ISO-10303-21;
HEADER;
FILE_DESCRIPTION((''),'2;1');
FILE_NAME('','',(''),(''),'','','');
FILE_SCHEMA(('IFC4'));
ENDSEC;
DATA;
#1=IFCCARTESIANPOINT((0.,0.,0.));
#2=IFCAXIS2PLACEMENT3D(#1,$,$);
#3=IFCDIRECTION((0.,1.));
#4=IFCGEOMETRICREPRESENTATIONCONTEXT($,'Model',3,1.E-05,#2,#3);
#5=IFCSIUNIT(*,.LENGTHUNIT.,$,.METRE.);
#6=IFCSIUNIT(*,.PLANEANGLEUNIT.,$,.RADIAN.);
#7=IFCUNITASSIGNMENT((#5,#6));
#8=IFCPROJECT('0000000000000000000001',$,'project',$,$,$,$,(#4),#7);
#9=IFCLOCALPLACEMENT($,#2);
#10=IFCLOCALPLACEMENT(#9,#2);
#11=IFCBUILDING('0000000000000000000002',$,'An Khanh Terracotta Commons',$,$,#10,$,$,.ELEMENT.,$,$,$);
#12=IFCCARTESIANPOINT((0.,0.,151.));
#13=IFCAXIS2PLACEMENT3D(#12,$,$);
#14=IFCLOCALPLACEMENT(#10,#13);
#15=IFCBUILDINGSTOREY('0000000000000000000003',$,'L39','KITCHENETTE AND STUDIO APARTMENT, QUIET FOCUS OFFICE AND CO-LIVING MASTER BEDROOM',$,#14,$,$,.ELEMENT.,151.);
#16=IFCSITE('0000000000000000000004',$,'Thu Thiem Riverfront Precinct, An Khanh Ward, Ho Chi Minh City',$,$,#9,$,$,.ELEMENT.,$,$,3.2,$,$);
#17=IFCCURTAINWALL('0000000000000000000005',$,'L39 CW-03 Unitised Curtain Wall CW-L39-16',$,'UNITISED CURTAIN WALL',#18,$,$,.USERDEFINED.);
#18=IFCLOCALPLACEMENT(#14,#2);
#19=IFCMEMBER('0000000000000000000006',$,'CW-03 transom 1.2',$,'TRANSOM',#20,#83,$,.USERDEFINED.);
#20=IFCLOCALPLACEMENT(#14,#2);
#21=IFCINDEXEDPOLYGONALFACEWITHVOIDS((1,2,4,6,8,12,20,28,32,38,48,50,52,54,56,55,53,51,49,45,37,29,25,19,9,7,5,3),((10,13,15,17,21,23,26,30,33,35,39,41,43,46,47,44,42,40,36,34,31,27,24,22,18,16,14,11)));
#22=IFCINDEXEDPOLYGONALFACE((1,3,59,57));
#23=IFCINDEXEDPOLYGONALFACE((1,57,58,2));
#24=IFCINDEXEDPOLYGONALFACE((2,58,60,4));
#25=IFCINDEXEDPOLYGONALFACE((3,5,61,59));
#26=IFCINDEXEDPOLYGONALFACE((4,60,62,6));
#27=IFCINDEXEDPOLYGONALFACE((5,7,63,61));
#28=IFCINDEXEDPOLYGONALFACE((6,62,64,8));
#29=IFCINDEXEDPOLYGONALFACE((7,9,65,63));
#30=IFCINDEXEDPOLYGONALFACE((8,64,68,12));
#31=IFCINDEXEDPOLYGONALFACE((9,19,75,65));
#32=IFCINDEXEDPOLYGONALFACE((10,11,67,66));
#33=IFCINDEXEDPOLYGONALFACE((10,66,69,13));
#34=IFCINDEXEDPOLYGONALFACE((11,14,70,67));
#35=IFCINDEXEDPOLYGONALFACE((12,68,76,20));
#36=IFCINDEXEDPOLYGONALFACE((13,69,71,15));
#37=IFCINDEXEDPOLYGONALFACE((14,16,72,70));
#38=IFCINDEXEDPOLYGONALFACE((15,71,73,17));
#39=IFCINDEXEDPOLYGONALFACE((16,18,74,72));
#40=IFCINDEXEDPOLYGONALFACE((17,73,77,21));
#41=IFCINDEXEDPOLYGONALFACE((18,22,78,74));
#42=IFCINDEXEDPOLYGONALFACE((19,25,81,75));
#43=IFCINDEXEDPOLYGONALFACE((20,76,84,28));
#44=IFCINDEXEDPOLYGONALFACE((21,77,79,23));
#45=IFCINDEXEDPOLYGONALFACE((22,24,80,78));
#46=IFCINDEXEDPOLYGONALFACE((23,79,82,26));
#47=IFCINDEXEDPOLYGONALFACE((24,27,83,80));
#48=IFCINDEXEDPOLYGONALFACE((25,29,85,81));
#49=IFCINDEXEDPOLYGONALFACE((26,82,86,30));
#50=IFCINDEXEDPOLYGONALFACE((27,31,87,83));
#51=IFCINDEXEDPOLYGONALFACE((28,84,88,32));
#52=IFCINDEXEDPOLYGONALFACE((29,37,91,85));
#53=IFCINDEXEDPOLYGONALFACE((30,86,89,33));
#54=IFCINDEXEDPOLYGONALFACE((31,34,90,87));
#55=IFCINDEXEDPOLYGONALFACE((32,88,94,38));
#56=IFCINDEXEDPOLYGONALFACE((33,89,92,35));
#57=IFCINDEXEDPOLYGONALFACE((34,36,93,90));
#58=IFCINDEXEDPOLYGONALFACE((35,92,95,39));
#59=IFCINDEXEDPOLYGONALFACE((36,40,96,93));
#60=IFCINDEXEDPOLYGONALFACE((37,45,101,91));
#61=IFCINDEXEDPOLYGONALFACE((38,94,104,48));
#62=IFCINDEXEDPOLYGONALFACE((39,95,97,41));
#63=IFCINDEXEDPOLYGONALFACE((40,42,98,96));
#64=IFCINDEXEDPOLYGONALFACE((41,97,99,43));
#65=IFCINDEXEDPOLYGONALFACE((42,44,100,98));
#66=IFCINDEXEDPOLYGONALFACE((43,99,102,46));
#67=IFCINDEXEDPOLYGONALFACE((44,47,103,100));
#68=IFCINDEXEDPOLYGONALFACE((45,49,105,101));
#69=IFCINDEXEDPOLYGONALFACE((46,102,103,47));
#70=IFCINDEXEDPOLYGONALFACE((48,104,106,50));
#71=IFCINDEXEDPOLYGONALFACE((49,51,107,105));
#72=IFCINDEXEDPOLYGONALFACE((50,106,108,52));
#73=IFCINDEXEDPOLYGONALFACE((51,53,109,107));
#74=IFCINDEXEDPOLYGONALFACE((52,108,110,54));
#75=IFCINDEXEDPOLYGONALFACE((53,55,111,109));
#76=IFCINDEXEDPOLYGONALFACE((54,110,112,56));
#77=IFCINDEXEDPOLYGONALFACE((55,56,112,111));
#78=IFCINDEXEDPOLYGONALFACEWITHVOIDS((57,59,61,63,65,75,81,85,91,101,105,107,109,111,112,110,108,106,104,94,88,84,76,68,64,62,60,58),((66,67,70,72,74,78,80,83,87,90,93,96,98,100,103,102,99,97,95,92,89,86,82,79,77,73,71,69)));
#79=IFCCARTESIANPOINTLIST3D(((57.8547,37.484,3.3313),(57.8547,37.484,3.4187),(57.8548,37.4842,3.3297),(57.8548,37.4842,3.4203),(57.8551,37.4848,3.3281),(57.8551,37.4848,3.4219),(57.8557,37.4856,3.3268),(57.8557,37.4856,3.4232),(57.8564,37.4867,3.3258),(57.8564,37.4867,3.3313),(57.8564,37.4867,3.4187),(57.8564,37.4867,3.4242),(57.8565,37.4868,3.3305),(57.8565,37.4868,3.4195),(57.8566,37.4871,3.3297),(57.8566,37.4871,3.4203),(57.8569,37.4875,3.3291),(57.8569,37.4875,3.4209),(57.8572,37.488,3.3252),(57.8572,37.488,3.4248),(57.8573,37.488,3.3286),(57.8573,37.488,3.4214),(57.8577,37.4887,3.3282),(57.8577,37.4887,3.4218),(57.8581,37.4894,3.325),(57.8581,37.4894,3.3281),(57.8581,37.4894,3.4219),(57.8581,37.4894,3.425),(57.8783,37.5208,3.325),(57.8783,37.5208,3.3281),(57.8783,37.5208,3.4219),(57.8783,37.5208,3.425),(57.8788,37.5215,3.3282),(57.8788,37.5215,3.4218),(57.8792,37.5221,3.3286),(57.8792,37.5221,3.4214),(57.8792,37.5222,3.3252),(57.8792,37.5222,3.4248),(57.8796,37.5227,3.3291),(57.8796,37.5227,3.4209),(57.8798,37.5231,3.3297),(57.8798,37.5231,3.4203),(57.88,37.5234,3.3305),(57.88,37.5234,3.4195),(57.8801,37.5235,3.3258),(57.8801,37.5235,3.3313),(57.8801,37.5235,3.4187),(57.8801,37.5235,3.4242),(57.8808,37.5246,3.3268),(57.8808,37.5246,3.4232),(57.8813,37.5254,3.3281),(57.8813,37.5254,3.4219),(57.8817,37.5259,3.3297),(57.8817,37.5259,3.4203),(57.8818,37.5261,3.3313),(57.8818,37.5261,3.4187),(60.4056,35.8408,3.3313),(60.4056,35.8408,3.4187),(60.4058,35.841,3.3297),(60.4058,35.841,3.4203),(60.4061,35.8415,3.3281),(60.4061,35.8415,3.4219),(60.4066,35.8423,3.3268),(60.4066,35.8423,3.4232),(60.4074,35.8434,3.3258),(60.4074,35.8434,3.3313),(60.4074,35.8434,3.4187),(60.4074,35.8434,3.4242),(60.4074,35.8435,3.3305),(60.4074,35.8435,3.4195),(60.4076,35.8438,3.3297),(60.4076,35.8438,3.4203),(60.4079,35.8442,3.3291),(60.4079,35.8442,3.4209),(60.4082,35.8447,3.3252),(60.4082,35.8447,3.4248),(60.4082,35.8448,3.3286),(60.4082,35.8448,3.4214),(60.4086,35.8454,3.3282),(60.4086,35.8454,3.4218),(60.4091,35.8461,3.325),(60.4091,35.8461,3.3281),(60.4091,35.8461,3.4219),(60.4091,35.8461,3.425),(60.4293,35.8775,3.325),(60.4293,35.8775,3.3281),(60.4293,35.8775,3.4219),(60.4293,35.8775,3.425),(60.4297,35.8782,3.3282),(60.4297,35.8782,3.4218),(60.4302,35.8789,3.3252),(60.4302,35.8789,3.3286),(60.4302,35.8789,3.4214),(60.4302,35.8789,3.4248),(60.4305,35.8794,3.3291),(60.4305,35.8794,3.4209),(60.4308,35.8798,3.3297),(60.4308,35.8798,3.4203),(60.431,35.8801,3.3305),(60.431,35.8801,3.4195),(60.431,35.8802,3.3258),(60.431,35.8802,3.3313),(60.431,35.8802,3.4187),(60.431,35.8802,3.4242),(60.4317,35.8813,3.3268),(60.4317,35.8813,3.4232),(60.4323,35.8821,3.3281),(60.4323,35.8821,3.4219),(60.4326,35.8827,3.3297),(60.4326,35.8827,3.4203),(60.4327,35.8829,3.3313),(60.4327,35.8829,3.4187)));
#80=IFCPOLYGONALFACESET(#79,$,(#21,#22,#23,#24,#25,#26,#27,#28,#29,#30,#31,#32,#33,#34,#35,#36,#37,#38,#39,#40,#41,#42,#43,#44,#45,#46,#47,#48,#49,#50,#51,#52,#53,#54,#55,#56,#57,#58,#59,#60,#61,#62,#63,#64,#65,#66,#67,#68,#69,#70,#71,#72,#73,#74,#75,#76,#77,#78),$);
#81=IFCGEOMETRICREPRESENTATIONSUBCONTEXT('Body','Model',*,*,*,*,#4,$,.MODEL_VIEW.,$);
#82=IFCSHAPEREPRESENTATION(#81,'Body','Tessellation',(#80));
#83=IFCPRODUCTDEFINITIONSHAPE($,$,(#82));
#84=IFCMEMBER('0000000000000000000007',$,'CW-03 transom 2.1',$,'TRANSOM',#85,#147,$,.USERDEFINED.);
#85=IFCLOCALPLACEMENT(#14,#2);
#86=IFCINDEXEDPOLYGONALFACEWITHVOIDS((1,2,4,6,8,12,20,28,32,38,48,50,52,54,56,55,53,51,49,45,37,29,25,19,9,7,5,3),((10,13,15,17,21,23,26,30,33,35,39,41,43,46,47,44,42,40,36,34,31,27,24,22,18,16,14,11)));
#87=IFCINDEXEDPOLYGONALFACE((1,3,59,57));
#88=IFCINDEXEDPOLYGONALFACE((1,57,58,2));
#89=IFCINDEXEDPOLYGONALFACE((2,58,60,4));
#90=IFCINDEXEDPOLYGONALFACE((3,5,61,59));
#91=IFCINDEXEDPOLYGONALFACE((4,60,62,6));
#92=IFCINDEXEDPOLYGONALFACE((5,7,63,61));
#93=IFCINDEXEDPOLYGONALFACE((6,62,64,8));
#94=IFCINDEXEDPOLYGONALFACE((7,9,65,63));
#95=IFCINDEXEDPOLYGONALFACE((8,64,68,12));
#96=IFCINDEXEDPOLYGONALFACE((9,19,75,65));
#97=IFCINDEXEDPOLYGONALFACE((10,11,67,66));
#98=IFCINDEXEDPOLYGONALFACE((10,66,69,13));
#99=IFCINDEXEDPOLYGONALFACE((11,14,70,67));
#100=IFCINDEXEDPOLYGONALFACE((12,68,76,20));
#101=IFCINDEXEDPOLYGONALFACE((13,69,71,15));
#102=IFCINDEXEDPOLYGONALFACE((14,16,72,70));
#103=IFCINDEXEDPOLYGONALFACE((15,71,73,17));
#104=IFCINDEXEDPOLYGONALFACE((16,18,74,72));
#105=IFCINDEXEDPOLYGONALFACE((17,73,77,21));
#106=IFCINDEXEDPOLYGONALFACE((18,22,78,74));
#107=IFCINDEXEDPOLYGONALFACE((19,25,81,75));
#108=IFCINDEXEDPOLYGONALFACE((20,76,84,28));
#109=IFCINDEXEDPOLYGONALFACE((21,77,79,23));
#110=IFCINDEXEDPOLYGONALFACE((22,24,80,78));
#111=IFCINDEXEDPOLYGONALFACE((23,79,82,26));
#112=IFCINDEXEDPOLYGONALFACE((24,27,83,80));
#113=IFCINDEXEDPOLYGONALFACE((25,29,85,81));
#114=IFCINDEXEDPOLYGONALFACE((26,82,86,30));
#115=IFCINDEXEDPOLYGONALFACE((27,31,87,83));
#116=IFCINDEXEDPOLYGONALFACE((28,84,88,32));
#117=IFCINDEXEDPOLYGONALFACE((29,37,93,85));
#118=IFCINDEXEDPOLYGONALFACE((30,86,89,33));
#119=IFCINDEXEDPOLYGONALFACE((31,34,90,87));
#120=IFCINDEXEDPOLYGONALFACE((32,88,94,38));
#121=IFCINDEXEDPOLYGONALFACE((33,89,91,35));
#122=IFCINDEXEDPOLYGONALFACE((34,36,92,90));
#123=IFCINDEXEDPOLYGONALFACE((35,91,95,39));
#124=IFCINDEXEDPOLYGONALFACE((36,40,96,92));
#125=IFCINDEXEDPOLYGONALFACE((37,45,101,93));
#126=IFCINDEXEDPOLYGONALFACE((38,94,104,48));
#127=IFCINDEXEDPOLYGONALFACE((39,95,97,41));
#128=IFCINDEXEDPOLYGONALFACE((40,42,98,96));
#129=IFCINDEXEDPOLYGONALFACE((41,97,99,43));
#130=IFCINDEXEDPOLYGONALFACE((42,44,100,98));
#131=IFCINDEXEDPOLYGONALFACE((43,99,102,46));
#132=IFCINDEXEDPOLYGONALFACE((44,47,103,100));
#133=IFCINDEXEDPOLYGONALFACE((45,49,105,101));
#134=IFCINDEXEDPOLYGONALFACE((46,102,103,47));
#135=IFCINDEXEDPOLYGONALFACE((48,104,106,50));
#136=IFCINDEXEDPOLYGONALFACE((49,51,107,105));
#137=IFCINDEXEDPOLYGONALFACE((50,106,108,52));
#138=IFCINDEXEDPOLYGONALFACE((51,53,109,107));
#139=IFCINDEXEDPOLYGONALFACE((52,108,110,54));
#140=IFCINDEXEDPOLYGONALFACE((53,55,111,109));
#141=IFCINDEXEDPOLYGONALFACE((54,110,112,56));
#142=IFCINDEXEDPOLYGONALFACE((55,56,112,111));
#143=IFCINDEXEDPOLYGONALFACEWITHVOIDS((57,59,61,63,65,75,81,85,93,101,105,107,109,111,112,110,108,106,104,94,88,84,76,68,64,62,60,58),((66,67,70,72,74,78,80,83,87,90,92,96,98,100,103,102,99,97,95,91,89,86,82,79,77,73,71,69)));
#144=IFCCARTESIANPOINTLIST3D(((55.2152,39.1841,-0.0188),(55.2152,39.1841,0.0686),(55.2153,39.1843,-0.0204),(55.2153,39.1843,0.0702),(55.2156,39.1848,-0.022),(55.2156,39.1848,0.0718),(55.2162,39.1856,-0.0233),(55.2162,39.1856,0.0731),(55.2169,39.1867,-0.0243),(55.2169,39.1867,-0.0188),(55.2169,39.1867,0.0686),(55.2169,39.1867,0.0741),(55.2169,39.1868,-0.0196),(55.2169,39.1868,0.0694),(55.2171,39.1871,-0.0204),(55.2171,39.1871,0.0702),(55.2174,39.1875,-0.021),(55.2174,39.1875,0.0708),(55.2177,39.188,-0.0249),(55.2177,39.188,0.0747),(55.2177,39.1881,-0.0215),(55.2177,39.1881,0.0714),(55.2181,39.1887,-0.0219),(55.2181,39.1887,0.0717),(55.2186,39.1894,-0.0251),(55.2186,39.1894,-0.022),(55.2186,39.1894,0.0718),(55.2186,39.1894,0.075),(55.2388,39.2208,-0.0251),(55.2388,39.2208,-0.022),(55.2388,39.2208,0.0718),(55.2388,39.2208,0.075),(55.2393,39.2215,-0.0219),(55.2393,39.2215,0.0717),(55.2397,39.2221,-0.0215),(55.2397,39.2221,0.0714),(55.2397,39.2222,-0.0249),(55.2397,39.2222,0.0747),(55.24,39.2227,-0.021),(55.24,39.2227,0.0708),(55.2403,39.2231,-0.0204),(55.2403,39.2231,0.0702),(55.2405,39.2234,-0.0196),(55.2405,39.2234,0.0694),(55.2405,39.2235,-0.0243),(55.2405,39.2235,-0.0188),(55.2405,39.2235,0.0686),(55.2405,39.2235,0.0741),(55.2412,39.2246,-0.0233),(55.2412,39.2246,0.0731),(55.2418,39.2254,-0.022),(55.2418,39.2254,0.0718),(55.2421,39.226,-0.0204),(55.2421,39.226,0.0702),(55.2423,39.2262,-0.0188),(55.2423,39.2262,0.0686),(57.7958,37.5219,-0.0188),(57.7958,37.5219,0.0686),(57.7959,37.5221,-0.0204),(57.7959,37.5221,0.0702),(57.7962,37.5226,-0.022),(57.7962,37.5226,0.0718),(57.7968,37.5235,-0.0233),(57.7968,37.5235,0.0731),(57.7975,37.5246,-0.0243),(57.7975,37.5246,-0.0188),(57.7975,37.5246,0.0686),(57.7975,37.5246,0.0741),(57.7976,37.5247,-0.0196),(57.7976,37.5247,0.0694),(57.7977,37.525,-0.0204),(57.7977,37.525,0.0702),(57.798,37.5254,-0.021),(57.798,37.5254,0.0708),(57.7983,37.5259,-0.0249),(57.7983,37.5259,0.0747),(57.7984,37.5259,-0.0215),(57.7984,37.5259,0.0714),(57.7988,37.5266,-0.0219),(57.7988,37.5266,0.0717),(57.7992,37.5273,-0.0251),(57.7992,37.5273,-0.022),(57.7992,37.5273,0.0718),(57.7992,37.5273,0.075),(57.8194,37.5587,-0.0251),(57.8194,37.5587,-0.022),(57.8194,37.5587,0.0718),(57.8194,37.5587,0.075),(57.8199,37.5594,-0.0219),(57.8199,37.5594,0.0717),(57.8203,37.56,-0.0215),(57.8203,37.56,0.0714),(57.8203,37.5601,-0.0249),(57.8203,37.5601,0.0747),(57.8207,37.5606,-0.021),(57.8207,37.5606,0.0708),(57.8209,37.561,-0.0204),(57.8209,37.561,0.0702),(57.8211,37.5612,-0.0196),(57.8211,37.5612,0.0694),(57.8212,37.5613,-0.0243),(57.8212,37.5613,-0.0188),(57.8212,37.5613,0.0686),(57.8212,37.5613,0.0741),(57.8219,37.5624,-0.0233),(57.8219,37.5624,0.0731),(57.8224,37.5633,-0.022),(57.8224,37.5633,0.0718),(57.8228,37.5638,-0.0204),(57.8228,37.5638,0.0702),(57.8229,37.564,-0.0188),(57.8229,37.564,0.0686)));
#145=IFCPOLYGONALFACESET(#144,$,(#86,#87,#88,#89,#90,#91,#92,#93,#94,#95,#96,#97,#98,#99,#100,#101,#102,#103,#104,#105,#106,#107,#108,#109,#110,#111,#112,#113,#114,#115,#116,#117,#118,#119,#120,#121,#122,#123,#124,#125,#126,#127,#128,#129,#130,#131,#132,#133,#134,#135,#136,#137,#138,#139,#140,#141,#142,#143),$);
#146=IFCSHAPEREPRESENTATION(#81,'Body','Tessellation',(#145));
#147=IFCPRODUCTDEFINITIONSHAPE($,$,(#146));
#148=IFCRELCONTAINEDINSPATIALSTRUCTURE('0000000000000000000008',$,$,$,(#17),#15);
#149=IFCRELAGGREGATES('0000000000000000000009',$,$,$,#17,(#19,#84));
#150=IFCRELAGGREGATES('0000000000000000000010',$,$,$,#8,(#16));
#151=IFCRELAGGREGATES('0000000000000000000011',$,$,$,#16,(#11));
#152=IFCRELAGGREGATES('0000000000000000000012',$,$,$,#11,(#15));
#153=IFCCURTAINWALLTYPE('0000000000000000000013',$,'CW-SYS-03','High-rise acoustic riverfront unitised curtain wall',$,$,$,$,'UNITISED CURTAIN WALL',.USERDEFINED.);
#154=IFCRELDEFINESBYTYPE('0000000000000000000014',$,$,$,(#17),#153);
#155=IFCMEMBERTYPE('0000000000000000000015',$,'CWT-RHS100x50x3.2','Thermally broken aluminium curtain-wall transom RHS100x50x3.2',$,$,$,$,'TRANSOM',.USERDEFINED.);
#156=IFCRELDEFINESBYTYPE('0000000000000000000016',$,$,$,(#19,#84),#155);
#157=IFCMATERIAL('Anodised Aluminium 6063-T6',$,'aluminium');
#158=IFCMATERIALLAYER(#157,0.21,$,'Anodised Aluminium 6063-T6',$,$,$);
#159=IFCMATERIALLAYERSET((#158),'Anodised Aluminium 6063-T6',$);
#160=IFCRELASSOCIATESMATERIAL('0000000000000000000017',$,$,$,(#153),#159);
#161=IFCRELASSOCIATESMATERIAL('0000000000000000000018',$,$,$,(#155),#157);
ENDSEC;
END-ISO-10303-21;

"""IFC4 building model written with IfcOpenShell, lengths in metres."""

from ifc_helpers import new_model, si_unit, direction, frame, origin, origin_2d, place, context, subcontext, project, spatial, hollow_rectangle, extrude, material, layer, layer_set, material_profile, profile_set, type_object, element, aggregate, save


model = new_model("IFC4")

# Units and contexts
model_context = context("Model", 3, precision=1e-05, world=origin(), true_north=direction((0.0, 1.0)))
body_context = subcontext(model_context, "Body", "Model", "MODEL_VIEW")
ifc_project = project(units=[si_unit("LENGTHUNIT", "METRE"), si_unit("PLANEANGLEUNIT", "RADIAN")], contexts=[model_context])

# Site, building, storey
site_placement = place(None, origin())
site = spatial("IfcSite", under=ifc_project, at=site_placement, Name="Thu Thiem Riverfront Precinct, An Khanh Ward, Ho Chi Minh City", CompositionType="ELEMENT", RefElevation=3.2)
building_placement = place(site_placement, origin())
building = spatial("IfcBuilding", under=site, at=building_placement, Name="An Khanh Terracotta Commons", CompositionType="ELEMENT")
storey_placement = place(building_placement, frame((0.0, 0.0, 151.0)))
storey = spatial("IfcBuildingStorey", under=building, at=storey_placement, Name="L39", Description="KITCHENETTE AND STUDIO APARTMENT, QUIET FOCUS OFFICE AND CO-LIVING MASTER BEDROOM", CompositionType="ELEMENT", Elevation=151.0)

# Shared definitions
ifc_material_1 = material(Name="Anodised Aluminium 6063-T6", Category="aluminium")

# Curtain wall, members
ifc_layer_1 = layer(ifc_material_1, 0.21, Name="Anodised Aluminium 6063-T6")
ifc_layer_set_1 = layer_set([ifc_layer_1], Name="Anodised Aluminium 6063-T6")
curtain_wall_type_1 = type_object("IfcCurtainWallType", Name="CW-SYS-03", Description="High-rise acoustic riverfront unitised curtain wall", ElementType="UNITISED CURTAIN WALL", PredefinedType="USERDEFINED", material=ifc_layer_set_1)
curtain_wall_1_placement = place(storey_placement, origin())
curtain_wall_1 = element("IfcCurtainWall", 1, at=curtain_wall_1_placement, inside=storey, type_object=curtain_wall_type_1, Name="L39 CW-03 Unitised Curtain Wall CW-L39-16", ObjectType="UNITISED CURTAIN WALL", PredefinedType="USERDEFINED")
ifc_material_profile_1 = material_profile(ifc_material_1, hollow_rectangle(XDim=0.05, YDim=0.1001, WallThickness=0.0032, InnerFilletRadius=0.0032, OuterFilletRadius=0.0063, at=origin_2d()), Name="RHS100x50x3.2")
ifc_profile_set_1 = profile_set([ifc_material_profile_1], Name="Anodised Aluminium 6063-T6")
member_type_1 = type_object("IfcMemberType", Name="CWT-RHS100x50x3.2", Description="Thermally broken aluminium curtain-wall transom RHS100x50x3.2", ElementType="TRANSOM", PredefinedType="USERDEFINED", material=ifc_profile_set_1)
member_1_placement = place(storey_placement, frame((60.4192, 35.8618, 3.375), z_axis=(-0.840674, 0.541542, 0.0), x_axis=(-0.541542, -0.840674, 0.0)))
member_1 = element("IfcMember", 2, at=member_1_placement, type_object=member_type_1, Name="CW-03 transom 1.2", ObjectType="TRANSOM", PredefinedType="USERDEFINED", context=body_context, shape_type="SweptSolid", body=[
    extrude(hollow_rectangle(XDim=0.05, YDim=0.1001, WallThickness=0.0032, InnerFilletRadius=0.0032, OuterFilletRadius=0.0063, at=origin_2d()), origin(), (0.0, 0.0, 1.0), 3.0344),
])
member_2_placement = place(storey_placement, frame((57.8093, 37.543, 0.0249), z_axis=(-0.840708, 0.541489, 0.0), x_axis=(-0.541489, -0.840708, 0.0)))
member_2 = element("IfcMember", 3, at=member_2_placement, type_object=member_type_1, Name="CW-03 transom 2.1", ObjectType="TRANSOM", PredefinedType="USERDEFINED", context=body_context, shape_type="SweptSolid", body=[
    extrude(hollow_rectangle(XDim=0.05, YDim=0.1001, WallThickness=0.0032, InnerFilletRadius=0.0032, OuterFilletRadius=0.0063, at=origin_2d()), origin(), (0.0, 0.0, 1.0), 3.0696),
])

aggregate(curtain_wall_1, [member_1, member_2])

save(model, "model.ifc")
